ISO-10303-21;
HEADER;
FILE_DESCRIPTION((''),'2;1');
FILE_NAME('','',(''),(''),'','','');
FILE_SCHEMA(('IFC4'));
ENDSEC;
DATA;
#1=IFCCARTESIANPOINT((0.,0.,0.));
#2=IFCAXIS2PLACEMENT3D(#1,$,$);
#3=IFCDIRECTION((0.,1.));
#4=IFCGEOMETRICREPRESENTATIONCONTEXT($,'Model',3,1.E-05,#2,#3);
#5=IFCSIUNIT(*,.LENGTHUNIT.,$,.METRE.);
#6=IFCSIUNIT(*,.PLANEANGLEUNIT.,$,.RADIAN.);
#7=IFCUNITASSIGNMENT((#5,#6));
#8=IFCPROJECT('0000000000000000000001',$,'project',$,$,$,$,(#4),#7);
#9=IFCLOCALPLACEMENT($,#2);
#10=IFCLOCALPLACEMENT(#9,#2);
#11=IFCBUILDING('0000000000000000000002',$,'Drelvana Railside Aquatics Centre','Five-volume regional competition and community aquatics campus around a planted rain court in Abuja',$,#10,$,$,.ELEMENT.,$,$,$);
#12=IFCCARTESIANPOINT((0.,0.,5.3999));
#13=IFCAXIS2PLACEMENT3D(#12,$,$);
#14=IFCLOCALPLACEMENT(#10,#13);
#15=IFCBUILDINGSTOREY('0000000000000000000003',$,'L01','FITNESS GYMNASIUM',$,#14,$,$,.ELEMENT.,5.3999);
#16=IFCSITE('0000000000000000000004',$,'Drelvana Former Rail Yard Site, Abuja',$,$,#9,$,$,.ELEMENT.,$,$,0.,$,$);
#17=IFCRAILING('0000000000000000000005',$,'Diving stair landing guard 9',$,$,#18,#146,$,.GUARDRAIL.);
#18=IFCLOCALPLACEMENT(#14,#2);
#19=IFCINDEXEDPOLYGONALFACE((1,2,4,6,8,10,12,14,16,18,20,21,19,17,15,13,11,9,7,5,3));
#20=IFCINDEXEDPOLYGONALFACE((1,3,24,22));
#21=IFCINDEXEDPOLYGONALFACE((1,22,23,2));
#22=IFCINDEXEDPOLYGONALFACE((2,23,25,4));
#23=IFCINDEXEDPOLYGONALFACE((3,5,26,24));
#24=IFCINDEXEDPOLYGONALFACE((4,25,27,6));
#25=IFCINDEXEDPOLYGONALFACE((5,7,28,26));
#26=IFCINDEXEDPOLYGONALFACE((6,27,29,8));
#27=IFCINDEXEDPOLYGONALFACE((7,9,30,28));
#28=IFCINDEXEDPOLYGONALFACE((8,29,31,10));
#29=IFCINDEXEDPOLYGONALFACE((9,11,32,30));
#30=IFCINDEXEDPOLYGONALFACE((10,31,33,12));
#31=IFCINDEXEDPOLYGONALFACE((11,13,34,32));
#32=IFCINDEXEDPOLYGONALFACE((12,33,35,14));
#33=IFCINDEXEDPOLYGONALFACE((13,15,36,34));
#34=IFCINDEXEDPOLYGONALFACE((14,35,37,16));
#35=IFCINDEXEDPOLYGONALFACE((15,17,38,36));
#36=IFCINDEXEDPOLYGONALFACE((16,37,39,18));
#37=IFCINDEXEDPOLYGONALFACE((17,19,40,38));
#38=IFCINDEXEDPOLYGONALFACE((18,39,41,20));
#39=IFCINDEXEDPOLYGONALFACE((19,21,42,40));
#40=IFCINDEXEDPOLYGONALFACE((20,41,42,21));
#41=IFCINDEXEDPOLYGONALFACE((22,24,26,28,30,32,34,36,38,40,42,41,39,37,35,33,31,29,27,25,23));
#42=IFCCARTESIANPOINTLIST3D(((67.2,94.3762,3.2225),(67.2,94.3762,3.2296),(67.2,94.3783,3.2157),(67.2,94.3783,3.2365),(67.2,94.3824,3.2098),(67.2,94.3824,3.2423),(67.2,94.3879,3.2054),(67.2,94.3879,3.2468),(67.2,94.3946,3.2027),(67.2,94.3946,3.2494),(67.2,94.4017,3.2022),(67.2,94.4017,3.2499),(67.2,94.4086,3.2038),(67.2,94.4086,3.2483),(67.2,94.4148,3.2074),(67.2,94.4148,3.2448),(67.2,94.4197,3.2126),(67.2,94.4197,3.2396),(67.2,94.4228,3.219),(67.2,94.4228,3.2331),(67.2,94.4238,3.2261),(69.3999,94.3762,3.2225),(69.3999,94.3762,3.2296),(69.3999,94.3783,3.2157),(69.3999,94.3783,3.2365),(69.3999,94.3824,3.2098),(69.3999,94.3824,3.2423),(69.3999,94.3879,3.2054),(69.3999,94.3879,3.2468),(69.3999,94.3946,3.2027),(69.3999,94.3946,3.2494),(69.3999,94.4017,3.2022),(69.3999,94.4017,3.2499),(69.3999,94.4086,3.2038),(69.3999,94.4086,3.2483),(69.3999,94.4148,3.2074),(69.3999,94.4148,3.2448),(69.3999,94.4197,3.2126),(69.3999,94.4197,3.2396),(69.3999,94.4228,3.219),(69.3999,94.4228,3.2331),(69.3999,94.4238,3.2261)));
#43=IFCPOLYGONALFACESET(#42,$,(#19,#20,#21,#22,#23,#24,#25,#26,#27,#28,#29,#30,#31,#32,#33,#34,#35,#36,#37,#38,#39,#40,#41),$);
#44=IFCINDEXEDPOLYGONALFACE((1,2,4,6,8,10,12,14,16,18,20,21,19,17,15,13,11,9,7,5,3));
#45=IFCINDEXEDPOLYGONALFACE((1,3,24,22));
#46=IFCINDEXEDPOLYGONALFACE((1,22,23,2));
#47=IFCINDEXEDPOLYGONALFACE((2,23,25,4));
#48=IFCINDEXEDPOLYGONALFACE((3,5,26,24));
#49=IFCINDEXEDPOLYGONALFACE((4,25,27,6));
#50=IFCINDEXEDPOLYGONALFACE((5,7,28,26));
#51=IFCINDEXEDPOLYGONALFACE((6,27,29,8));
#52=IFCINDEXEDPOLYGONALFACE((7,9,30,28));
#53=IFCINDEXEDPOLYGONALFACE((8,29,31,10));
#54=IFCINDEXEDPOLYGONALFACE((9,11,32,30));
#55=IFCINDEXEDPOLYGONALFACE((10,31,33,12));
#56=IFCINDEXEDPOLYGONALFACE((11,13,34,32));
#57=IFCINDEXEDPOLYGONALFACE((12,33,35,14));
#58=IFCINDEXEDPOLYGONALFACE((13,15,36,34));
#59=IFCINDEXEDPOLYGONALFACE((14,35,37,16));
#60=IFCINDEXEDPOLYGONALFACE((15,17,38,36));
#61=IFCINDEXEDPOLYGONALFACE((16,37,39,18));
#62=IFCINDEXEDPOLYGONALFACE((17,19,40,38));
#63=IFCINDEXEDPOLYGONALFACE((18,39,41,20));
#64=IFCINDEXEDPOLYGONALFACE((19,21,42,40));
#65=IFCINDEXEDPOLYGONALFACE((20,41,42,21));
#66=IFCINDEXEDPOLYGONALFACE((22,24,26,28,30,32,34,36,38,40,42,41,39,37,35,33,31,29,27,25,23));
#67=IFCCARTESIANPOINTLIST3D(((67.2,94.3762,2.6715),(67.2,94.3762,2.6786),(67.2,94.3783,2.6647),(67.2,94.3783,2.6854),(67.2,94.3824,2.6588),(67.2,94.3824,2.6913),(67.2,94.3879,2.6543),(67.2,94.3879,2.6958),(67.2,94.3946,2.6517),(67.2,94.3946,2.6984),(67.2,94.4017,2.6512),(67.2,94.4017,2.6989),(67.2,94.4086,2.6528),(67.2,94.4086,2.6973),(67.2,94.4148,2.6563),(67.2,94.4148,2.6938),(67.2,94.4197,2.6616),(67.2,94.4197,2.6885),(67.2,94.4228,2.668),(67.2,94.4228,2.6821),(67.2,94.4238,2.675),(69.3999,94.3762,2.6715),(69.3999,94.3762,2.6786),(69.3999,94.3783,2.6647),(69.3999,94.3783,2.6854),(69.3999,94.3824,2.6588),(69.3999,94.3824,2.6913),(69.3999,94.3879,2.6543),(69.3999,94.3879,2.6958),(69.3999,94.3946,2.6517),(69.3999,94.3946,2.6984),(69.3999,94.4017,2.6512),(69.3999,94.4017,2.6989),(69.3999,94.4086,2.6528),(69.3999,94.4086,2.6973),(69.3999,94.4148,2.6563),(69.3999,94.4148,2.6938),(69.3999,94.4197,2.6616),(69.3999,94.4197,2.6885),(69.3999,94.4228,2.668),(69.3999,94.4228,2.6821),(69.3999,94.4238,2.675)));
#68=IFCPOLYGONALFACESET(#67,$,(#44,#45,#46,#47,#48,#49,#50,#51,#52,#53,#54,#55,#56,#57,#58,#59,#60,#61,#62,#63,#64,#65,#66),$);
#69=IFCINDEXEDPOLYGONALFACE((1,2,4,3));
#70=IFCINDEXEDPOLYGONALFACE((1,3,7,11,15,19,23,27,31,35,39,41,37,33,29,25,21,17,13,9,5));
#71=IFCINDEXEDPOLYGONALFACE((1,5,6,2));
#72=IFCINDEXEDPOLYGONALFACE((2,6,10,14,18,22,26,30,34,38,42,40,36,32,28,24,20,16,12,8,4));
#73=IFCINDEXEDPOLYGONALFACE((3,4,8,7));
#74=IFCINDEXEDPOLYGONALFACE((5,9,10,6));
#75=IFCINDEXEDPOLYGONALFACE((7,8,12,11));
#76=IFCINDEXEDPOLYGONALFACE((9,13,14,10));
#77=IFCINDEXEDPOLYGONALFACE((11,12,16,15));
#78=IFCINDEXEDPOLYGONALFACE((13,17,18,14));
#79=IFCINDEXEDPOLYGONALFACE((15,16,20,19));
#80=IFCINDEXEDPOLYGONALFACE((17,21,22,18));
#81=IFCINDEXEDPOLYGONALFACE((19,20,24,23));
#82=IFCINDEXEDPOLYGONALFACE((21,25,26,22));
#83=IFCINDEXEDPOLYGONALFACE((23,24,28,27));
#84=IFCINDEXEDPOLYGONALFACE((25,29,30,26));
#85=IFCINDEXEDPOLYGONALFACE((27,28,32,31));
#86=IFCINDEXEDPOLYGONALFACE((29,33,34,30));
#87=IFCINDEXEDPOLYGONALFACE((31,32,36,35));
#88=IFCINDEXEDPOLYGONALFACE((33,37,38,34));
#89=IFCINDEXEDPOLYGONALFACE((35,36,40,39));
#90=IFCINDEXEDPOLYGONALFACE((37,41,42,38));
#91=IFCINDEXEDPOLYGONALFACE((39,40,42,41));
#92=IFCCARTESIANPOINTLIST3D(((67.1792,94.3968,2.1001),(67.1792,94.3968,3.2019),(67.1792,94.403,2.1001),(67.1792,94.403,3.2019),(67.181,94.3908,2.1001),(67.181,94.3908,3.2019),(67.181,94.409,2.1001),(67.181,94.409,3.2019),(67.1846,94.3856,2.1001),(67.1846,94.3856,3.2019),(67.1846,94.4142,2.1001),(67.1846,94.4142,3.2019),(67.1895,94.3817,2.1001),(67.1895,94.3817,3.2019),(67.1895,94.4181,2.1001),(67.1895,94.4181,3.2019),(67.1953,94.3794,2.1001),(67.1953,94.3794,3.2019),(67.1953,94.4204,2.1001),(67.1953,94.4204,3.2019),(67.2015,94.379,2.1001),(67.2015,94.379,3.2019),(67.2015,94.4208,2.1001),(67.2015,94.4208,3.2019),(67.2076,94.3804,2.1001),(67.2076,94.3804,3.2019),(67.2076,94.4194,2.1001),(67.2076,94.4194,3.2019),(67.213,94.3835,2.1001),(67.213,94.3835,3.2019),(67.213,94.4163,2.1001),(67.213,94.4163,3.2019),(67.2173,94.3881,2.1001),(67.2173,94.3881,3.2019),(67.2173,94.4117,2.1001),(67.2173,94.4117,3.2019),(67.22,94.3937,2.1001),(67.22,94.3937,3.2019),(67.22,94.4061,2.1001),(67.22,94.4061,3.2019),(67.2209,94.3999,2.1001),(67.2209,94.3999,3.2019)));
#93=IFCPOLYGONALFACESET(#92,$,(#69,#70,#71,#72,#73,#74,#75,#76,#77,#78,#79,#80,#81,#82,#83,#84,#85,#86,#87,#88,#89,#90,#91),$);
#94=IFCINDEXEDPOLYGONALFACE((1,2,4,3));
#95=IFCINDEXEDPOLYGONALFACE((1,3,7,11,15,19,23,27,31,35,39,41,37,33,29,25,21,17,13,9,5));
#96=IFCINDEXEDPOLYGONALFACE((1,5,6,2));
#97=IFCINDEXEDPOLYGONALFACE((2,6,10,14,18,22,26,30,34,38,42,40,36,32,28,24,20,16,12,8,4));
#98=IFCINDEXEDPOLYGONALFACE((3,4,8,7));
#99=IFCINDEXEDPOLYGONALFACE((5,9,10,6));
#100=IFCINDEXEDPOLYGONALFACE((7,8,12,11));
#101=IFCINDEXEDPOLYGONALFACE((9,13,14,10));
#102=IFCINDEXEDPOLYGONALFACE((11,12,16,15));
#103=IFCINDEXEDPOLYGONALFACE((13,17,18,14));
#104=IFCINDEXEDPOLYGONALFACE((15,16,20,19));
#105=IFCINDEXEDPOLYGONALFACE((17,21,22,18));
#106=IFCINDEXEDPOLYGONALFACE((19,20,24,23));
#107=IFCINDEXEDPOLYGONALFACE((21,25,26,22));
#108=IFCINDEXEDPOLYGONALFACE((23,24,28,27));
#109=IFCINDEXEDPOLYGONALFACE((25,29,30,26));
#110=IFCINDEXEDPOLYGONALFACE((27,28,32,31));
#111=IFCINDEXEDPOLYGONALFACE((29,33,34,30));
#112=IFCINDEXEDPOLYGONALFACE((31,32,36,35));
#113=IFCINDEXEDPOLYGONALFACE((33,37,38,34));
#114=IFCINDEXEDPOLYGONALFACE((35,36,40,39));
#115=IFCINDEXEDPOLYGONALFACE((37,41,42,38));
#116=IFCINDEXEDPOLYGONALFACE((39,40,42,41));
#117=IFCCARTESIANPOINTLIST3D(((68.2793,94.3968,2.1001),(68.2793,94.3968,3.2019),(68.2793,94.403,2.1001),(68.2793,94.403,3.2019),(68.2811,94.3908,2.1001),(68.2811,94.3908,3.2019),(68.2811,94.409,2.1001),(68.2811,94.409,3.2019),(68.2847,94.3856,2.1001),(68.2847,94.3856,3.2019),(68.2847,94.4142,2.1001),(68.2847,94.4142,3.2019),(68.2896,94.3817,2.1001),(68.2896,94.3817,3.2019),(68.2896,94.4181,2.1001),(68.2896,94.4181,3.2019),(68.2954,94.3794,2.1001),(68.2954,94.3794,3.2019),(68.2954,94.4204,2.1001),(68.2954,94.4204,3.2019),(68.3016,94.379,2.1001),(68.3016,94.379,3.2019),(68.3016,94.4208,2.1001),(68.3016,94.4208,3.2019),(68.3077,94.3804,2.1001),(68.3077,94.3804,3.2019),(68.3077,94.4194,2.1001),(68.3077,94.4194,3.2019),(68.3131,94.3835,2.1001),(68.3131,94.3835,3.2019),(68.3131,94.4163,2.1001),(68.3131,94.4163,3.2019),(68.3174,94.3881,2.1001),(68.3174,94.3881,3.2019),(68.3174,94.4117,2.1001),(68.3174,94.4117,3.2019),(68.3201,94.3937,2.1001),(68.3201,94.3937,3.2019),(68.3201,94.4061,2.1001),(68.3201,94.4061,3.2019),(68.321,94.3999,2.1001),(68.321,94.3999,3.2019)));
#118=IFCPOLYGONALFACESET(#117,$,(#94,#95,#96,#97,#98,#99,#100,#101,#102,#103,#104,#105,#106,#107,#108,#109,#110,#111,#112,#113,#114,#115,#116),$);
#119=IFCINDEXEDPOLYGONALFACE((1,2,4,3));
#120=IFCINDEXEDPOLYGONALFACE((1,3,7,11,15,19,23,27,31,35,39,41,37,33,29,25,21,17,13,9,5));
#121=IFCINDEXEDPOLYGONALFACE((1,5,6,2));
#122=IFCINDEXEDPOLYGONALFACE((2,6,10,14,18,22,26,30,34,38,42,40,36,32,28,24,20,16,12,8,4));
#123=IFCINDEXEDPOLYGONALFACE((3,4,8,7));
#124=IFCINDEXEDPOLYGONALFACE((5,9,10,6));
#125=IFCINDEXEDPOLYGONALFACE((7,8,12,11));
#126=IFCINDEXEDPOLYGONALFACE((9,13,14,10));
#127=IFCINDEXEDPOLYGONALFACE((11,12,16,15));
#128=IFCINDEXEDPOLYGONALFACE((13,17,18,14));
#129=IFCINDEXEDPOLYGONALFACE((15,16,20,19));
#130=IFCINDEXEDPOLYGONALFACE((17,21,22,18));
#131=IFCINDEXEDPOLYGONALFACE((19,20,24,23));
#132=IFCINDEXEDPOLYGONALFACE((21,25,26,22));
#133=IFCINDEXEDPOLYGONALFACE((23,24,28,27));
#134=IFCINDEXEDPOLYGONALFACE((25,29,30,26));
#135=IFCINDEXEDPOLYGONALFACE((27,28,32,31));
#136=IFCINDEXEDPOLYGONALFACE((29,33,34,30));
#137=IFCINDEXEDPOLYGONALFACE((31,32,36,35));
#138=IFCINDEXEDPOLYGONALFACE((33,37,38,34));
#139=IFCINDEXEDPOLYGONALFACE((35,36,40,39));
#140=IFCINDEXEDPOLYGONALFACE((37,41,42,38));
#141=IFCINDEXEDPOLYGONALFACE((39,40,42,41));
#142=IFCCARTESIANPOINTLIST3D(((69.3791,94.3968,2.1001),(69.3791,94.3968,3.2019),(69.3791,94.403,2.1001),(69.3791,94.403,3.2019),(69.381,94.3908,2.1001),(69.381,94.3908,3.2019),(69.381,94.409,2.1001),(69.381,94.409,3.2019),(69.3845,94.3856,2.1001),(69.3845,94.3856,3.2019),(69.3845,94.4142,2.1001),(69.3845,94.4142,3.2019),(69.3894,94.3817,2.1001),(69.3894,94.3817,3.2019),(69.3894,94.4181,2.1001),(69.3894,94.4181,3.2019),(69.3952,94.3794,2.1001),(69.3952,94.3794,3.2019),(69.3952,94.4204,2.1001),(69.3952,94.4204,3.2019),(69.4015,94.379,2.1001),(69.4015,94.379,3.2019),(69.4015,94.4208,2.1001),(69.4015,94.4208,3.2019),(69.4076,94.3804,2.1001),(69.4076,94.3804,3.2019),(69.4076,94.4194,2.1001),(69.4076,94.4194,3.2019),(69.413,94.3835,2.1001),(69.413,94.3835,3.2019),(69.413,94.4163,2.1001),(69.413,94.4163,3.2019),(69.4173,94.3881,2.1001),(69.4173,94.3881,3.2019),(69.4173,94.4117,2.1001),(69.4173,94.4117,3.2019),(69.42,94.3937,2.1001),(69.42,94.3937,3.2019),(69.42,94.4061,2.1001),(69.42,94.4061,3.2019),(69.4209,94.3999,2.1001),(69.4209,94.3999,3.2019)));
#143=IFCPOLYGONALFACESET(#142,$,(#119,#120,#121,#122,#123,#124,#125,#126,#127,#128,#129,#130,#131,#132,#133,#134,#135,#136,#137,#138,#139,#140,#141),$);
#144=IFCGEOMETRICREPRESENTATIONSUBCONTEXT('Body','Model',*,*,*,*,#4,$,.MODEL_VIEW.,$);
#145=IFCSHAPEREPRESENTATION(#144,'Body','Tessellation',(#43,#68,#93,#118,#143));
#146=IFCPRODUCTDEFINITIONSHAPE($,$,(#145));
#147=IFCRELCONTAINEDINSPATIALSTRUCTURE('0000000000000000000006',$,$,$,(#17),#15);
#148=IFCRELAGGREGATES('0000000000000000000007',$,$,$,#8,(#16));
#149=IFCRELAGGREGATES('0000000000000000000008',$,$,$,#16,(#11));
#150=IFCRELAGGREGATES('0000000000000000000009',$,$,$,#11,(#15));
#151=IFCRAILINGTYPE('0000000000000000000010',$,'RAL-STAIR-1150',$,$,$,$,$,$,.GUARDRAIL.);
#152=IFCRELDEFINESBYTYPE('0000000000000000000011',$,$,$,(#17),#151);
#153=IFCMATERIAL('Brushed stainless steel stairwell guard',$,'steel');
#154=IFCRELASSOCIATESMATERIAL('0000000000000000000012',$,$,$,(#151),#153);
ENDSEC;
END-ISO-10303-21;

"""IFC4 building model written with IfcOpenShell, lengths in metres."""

from ifc_helpers import new_model, si_unit, direction, frame, origin, origin_2d, place, context, subcontext, project, spatial, circle, extrude, material, type_object, element, save


model = new_model("IFC4")

# Units and contexts
model_context = context("Model", 3, precision=1e-05, world=origin(), true_north=direction((0.0, 1.0)))
body_context = subcontext(model_context, "Body", "Model", "MODEL_VIEW")
ifc_project = project(units=[si_unit("LENGTHUNIT", "METRE"), si_unit("PLANEANGLEUNIT", "RADIAN")], contexts=[model_context])

# Site, building, storey
site_placement = place(None, origin())
site = spatial("IfcSite", under=ifc_project, at=site_placement, Name="Drelvana Former Rail Yard Site, Abuja", CompositionType="ELEMENT", RefElevation=0.0)
building_placement = place(site_placement, origin())
building = spatial("IfcBuilding", under=site, at=building_placement, Name="Drelvana Railside Aquatics Centre", Description="Five-volume regional competition and community aquatics campus around a planted rain court in Abuja", CompositionType="ELEMENT")
storey_placement = place(building_placement, frame((0.0, 0.0, 5.3999)))
storey = spatial("IfcBuildingStorey", under=building, at=storey_placement, Name="L01", Description="FITNESS GYMNASIUM", CompositionType="ELEMENT", Elevation=5.3999)

# Railing
ifc_material_1 = material(Name="Brushed stainless steel stairwell guard", Category="steel")
railing_type_1 = type_object("IfcRailingType", Name="RAL-STAIR-1150", PredefinedType="GUARDRAIL", material=ifc_material_1)
railing_1_placement = place(storey_placement, frame((67.2, 94.3999, 2.1001)))
element("IfcRailing", 1, at=railing_1_placement, inside=storey, type_object=railing_type_1, Name="Diving stair landing guard 9", PredefinedType="GUARDRAIL", context=body_context, shape_type="SweptSolid", body=[
    extrude(circle(Radius=0.0239, at=origin_2d()), frame((0.0, 0.0, 1.126), z_axis=(1.0, 0.0, 0.0), x_axis=(0.0, 1.0, 0.0)), (0.0, 0.0, 1.0), 2.2),
    extrude(circle(Radius=0.0239, at=origin_2d()), frame((0.0, 0.0, 0.575), z_axis=(1.0, 0.0, 0.0), x_axis=(0.0, 1.0, 0.0)), (0.0, 0.0, 1.0), 2.2),
    extrude(circle(Radius=0.021, at=origin_2d()), origin(), (0.0, 0.0, 1.0), 1.1018),
    extrude(circle(Radius=0.021, at=origin_2d()), frame((1.1001, 0.0, 0.0)), (0.0, 0.0, 1.0), 1.1018),
    extrude(circle(Radius=0.021, at=origin_2d()), frame((2.2, 0.0, 0.0)), (0.0, 0.0, 1.0), 1.1018),
])

save(model, "model.ifc")
